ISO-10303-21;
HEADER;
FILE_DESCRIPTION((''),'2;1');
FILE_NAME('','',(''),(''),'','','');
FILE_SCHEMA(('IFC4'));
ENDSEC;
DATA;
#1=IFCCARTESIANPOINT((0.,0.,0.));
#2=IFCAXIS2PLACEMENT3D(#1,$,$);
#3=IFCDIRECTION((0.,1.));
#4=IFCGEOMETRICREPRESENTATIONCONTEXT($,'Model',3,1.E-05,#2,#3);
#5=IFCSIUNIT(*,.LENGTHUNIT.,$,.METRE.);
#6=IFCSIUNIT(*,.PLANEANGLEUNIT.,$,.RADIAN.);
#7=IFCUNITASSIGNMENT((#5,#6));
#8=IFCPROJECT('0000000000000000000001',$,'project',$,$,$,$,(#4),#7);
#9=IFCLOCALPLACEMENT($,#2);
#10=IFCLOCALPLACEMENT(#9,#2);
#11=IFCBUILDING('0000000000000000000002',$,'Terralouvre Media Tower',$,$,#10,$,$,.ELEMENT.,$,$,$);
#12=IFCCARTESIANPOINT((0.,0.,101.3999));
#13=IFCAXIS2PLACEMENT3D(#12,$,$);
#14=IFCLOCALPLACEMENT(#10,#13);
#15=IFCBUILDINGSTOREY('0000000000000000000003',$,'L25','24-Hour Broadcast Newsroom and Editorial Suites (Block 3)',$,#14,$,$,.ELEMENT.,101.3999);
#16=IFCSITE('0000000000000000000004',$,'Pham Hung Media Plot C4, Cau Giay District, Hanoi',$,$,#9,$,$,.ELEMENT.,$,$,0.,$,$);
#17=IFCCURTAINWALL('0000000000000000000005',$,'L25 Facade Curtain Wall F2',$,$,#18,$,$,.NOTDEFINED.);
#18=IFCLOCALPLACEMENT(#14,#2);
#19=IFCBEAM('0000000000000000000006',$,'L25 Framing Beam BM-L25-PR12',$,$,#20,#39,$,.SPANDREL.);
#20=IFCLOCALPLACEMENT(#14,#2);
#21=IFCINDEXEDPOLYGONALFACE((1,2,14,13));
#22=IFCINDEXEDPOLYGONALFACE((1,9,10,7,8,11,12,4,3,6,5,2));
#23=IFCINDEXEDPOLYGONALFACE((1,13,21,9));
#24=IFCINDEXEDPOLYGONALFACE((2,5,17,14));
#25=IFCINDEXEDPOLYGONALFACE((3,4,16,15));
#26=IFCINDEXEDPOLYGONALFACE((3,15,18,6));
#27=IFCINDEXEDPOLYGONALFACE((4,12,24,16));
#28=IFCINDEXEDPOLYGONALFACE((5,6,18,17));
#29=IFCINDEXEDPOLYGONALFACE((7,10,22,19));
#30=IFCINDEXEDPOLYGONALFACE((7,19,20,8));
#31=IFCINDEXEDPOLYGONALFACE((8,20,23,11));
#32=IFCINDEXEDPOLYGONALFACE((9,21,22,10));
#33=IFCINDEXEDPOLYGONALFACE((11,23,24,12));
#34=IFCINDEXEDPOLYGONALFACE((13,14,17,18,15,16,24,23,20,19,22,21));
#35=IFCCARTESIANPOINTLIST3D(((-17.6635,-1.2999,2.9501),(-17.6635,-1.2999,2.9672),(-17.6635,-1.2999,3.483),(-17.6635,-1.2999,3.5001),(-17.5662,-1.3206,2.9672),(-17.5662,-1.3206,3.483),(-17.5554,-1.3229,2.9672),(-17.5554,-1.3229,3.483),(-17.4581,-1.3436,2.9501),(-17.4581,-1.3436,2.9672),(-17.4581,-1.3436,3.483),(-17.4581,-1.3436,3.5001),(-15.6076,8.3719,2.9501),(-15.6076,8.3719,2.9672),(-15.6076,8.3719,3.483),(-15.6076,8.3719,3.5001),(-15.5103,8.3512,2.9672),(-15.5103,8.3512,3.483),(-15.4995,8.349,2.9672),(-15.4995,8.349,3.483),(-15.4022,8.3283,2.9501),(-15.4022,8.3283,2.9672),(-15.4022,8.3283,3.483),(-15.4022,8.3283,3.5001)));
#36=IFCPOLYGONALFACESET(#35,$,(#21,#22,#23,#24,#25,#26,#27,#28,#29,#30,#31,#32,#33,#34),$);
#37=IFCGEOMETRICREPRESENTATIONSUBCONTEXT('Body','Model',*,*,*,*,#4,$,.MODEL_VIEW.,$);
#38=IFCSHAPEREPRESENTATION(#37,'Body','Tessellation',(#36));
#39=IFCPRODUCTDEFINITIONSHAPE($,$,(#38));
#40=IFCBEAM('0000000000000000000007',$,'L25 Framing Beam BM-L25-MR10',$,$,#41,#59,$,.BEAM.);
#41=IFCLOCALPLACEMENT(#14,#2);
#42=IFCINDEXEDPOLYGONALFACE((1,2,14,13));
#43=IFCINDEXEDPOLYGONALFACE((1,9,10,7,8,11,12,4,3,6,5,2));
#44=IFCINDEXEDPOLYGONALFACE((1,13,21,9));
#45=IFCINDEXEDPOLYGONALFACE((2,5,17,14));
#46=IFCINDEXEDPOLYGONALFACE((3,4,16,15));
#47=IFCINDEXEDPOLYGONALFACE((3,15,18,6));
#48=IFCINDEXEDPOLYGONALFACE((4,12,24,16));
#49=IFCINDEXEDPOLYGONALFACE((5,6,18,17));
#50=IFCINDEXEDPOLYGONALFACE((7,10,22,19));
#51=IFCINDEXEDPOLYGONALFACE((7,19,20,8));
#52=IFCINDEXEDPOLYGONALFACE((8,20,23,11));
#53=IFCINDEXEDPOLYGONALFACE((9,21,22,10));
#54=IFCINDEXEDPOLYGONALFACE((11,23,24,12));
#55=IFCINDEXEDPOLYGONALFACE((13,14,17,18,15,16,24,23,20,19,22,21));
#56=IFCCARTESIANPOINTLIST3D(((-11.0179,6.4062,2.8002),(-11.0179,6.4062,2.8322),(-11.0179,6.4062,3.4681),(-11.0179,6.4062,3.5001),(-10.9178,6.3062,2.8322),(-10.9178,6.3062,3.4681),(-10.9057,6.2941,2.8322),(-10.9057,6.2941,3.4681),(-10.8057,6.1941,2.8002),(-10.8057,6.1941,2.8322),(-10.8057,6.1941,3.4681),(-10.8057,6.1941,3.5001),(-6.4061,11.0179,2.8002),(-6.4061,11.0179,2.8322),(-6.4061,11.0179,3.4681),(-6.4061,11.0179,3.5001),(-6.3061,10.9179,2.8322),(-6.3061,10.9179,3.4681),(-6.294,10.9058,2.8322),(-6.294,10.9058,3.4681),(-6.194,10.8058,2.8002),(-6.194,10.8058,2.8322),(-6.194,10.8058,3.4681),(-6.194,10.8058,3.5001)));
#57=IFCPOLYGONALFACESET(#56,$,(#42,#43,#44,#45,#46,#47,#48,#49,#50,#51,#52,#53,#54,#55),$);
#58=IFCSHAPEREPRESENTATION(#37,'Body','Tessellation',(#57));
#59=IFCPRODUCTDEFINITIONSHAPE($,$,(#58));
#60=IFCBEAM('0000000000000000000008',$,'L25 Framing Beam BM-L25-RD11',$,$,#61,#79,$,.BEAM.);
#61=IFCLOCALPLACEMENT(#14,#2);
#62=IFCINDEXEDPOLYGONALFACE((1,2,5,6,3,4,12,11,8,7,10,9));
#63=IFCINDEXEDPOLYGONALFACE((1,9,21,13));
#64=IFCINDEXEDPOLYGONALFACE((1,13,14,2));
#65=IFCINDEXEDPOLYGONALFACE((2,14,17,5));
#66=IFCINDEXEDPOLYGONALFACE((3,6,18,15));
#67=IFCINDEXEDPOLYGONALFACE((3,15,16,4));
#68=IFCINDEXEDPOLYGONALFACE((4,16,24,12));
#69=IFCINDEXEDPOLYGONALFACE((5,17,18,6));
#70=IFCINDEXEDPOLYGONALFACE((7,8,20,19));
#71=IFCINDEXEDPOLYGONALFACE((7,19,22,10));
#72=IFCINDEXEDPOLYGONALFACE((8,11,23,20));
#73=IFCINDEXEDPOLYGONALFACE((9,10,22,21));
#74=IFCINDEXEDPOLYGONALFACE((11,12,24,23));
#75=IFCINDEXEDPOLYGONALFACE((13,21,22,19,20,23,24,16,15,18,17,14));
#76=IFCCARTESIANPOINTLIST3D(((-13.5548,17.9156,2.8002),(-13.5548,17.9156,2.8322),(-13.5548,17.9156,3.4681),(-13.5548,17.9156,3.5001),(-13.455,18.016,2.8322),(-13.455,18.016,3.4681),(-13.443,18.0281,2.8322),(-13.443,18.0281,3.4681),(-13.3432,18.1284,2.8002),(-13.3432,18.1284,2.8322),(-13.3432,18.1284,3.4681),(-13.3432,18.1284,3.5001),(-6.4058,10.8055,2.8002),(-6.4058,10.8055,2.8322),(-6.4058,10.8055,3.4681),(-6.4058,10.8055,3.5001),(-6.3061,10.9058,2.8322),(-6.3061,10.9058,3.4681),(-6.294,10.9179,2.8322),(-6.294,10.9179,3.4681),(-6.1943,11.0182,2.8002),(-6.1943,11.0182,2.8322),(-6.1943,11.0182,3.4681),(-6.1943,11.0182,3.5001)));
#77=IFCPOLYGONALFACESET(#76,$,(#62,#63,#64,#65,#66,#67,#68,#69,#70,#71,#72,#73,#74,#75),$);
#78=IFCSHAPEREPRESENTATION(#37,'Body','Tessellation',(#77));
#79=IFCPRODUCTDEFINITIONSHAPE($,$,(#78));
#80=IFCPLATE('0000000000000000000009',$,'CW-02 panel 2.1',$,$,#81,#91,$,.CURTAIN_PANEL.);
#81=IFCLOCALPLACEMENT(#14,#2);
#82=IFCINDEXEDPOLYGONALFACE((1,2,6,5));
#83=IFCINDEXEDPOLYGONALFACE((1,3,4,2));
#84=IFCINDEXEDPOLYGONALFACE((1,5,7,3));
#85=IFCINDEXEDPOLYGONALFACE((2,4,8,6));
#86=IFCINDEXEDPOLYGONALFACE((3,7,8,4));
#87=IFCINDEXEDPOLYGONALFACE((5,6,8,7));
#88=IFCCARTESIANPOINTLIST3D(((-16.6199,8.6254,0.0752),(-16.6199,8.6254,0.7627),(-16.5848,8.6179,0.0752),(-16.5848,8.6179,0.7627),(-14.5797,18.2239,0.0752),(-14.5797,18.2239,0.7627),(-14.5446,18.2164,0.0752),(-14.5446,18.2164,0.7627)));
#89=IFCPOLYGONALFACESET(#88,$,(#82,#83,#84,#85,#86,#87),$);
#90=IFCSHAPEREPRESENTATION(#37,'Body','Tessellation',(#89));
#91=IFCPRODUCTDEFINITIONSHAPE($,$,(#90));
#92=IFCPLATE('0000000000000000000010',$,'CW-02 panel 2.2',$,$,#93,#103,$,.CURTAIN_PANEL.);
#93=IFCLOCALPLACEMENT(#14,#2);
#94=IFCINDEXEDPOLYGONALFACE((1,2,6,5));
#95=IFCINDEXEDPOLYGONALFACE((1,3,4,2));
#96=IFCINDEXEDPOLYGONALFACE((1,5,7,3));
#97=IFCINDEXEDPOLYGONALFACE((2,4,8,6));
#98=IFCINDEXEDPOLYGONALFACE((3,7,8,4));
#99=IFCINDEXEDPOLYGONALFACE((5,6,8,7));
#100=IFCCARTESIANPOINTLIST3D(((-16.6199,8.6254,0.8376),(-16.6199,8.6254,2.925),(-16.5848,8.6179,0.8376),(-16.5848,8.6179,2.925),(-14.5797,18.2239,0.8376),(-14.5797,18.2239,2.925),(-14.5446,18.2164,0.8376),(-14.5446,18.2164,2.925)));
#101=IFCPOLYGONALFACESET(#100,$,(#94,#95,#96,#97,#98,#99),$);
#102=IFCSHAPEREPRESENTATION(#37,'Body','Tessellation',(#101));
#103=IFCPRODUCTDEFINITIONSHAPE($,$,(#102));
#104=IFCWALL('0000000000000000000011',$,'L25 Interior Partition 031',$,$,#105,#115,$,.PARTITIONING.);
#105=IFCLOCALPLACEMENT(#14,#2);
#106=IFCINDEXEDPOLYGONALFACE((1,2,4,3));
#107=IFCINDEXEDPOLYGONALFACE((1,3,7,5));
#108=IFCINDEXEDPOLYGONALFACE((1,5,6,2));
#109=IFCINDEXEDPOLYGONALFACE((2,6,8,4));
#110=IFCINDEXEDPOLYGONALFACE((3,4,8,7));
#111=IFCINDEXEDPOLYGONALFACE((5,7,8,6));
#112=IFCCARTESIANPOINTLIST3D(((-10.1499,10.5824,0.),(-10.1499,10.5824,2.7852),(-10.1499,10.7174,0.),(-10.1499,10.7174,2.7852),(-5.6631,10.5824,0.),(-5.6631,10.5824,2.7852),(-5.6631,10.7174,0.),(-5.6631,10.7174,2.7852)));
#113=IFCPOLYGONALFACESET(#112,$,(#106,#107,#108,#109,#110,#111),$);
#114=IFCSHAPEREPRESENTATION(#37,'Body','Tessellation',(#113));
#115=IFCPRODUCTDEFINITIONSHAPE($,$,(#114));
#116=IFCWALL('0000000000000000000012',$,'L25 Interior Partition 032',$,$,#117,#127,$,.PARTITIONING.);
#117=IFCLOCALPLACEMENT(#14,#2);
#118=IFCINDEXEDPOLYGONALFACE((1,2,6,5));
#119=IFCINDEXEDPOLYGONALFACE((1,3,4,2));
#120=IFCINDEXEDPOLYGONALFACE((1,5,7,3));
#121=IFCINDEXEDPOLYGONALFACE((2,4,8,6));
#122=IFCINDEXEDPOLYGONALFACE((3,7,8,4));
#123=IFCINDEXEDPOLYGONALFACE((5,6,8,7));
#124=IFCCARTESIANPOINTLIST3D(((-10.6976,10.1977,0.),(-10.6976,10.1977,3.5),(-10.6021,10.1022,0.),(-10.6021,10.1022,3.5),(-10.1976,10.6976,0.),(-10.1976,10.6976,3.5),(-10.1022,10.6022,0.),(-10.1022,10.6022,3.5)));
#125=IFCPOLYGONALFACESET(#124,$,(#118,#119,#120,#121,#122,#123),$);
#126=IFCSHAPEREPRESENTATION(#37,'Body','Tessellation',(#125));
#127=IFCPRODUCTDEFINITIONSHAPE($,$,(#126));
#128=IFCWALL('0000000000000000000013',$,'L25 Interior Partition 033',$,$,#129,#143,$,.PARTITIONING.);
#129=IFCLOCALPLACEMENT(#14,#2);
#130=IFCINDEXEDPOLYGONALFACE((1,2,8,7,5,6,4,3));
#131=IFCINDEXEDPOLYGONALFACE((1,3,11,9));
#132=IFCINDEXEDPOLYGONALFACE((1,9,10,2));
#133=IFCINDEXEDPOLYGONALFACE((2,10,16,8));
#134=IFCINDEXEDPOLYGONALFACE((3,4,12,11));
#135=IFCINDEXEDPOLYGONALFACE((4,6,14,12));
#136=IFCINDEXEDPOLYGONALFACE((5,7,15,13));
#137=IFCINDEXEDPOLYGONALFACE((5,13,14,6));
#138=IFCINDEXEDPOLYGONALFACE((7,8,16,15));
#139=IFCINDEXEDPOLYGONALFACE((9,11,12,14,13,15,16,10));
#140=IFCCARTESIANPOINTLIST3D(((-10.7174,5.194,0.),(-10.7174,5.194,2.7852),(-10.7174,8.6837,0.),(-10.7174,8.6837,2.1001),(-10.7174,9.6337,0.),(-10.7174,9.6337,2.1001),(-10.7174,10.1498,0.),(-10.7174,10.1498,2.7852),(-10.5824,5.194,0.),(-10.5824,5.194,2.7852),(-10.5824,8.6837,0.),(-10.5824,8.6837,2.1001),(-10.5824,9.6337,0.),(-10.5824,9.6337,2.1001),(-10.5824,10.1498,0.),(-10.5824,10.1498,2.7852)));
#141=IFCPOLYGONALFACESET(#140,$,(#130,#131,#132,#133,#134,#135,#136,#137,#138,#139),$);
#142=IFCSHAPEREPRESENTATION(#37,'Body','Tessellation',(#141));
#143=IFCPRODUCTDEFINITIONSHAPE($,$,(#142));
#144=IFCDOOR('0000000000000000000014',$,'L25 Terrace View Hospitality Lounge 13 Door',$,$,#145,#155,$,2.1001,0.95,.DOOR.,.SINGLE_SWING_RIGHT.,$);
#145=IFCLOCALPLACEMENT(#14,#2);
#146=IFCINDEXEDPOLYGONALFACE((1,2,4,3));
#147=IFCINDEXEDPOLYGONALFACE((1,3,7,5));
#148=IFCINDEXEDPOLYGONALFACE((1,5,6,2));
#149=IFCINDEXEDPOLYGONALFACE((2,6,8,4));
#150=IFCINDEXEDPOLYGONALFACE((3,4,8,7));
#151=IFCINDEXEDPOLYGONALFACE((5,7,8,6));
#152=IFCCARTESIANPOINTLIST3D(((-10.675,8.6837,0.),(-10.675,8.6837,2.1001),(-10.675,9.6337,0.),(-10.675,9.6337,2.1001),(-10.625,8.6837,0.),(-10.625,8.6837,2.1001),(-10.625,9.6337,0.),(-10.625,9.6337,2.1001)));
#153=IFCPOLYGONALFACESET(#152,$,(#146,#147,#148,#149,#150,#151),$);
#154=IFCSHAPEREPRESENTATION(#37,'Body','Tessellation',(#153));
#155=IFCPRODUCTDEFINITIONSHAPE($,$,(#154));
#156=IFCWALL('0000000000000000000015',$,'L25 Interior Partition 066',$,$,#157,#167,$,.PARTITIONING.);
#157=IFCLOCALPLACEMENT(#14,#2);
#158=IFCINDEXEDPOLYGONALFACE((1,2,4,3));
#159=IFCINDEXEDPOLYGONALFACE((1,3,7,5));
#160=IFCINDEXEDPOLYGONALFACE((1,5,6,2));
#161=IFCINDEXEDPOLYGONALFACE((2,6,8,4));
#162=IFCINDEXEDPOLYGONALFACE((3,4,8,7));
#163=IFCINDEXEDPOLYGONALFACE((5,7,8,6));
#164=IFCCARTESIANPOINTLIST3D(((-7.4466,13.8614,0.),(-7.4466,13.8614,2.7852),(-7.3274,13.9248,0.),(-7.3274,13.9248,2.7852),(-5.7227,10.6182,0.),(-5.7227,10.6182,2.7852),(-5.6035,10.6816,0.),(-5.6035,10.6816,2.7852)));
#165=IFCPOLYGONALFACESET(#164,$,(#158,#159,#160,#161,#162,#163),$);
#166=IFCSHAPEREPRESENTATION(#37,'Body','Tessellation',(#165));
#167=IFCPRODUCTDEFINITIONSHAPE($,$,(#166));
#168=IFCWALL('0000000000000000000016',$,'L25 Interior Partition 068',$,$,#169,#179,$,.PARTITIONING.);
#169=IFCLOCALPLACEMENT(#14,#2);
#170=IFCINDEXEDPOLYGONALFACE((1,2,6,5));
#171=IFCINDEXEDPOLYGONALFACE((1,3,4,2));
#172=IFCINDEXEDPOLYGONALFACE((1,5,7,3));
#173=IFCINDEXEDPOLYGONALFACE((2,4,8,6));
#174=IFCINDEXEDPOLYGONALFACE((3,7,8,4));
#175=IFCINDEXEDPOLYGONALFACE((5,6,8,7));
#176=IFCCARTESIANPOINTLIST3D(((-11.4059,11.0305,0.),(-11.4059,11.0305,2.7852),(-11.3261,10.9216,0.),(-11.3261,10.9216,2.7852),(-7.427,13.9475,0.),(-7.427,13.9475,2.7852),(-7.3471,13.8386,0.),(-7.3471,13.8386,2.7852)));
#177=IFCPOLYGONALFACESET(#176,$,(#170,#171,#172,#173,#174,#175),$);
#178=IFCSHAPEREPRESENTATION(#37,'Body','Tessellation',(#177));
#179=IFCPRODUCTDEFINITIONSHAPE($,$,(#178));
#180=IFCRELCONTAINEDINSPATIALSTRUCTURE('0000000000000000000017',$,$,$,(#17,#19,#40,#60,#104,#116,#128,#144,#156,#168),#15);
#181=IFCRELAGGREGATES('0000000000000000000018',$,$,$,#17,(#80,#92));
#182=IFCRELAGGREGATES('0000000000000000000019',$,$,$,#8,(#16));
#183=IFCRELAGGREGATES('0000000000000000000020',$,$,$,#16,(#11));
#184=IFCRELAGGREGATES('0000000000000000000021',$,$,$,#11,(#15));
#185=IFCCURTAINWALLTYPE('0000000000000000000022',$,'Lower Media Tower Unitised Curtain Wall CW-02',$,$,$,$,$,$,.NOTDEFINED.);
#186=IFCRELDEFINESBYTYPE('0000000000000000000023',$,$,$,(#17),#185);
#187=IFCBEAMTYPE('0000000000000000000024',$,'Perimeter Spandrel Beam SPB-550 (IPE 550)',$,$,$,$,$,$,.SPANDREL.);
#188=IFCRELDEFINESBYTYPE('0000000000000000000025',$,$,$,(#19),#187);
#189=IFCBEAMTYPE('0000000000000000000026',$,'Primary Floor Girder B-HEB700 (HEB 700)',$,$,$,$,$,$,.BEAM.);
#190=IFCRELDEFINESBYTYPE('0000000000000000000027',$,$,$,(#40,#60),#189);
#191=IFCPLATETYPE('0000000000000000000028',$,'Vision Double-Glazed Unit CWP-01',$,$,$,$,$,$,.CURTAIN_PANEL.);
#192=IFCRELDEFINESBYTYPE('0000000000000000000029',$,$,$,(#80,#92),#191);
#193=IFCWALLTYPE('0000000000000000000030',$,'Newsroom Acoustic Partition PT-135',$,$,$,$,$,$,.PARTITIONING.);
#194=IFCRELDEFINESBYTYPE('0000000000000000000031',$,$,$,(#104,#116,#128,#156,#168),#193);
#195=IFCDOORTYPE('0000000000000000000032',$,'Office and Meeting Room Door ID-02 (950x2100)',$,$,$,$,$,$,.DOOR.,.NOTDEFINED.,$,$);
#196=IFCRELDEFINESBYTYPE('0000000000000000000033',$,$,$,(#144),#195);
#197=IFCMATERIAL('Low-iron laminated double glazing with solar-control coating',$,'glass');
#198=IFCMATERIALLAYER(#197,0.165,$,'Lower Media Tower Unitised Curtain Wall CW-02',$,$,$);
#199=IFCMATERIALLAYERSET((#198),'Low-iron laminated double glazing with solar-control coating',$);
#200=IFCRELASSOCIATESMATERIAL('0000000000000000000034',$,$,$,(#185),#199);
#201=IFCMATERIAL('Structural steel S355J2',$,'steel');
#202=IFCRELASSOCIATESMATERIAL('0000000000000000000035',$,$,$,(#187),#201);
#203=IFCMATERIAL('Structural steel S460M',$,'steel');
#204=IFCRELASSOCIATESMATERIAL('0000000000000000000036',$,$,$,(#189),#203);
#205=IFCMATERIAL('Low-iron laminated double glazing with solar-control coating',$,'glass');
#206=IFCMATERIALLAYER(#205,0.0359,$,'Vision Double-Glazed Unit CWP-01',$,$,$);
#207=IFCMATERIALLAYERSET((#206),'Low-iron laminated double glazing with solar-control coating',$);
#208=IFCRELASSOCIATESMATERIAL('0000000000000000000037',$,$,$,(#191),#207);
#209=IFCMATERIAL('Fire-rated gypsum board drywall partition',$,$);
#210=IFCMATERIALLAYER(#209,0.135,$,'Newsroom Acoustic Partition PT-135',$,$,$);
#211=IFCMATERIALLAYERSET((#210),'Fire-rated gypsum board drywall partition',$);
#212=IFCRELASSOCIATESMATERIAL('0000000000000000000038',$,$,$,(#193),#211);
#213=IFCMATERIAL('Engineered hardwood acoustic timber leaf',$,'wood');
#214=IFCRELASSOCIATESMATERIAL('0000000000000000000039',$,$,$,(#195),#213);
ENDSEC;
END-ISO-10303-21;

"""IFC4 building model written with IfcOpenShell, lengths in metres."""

from ifc_helpers import new_model, si_unit, direction, frame, frame_2d, origin, origin_2d, place, context, subcontext, project, spatial, rectangle, i_section, extrude, material, layer, layer_set, material_profile, profile_set, type_object, element, fill, aggregate, save


model = new_model("IFC4")

# Units and contexts
model_context = context("Model", 3, precision=1e-05, world=origin(), true_north=direction((0.0, 1.0)))
body_context = subcontext(model_context, "Body", "Model", "MODEL_VIEW")
ifc_project = project(units=[si_unit("LENGTHUNIT", "METRE"), si_unit("PLANEANGLEUNIT", "RADIAN")], contexts=[model_context])

# Site, building, storey
site_placement = place(None, origin())
site = spatial("IfcSite", under=ifc_project, at=site_placement, Name="Pham Hung Media Plot C4, Cau Giay District, Hanoi", CompositionType="ELEMENT", RefElevation=0.0)
building_placement = place(site_placement, origin())
building = spatial("IfcBuilding", under=site, at=building_placement, Name="Terralouvre Media Tower", CompositionType="ELEMENT")
storey_placement = place(building_placement, frame((0.0, 0.0, 101.3999)))
storey = spatial("IfcBuildingStorey", under=building, at=storey_placement, Name="L25", Description="24-Hour Broadcast Newsroom and Editorial Suites (Block 3)", CompositionType="ELEMENT", Elevation=101.3999)

# Curtain wall
ifc_material_1 = material(Name="Low-iron laminated double glazing with solar-control coating", Category="glass")
ifc_layer_1 = layer(ifc_material_1, 0.165, Name="Lower Media Tower Unitised Curtain Wall CW-02")
ifc_layer_set_1 = layer_set([ifc_layer_1], Name="Low-iron laminated double glazing with solar-control coating")
curtain_wall_type = type_object("IfcCurtainWallType", Name="Lower Media Tower Unitised Curtain Wall CW-02", PredefinedType="NOTDEFINED", material=ifc_layer_set_1)
curtain_wall_placement = place(storey_placement, origin())
curtain_wall = element("IfcCurtainWall", 1, at=curtain_wall_placement, inside=storey, type_object=curtain_wall_type, Name="L25 Facade Curtain Wall F2", PredefinedType="NOTDEFINED")

# Beams
ifc_material_2 = material(Name="Structural steel S355J2", Category="steel")
ifc_material_profile_1 = material_profile(ifc_material_2, i_section(OverallWidth=0.21, OverallDepth=0.55, WebThickness=0.011, FlangeThickness=0.0171, at=origin_2d()), Name="IPE 550")
ifc_profile_set_1 = profile_set([ifc_material_profile_1], Name="Structural steel S355J2")
beam_type_1 = type_object("IfcBeamType", Name="Perimeter Spandrel Beam SPB-550 (IPE 550)", PredefinedType="SPANDREL", material=ifc_profile_set_1)
for number, where, z_axis, x_axis, name in (
    (2, (-15.5049, 8.3501, 3.2251), (-0.20792, -0.978146, 0.0), (0.978146, -0.20792, 0.0), "L25 Framing Beam BM-L25-PR12"),
):
    element("IfcBeam", number, at=place(storey_placement, frame(where, z_axis=z_axis, x_axis=x_axis)), inside=storey, type_object=beam_type_1, Name=name, PredefinedType="SPANDREL", context=body_context, shape_type="SweptSolid", body=[
        extrude(i_section(OverallWidth=0.21, OverallDepth=0.55, WebThickness=0.011, FlangeThickness=0.0171, at=origin_2d()), origin(), (0.0, 0.0, 1.0), 9.8879),
    ])
ifc_material_3 = material(Name="Structural steel S460M", Category="steel")
ifc_material_profile_2 = material_profile(ifc_material_3, i_section(OverallWidth=0.3, OverallDepth=0.7, WebThickness=0.0171, FlangeThickness=0.032, at=origin_2d()), Name="HEB 700")
ifc_profile_set_2 = profile_set([ifc_material_profile_2], Name="Structural steel S460M")
beam_type_2 = type_object("IfcBeamType", Name="Primary Floor Girder B-HEB700 (HEB 700)", PredefinedType="BEAM", material=ifc_profile_set_2)
beam_1_placement = place(storey_placement, frame((-6.3, 10.9119, 3.1501), z_axis=(-0.707107, -0.707107, 0.0), x_axis=(0.707107, -0.707107, 0.0)))
element("IfcBeam", 3, at=beam_1_placement, inside=storey, type_object=beam_type_2, Name="L25 Framing Beam BM-L25-MR10", PredefinedType="BEAM", context=body_context, shape_type="SweptSolid", body=[
    extrude(i_section(OverallWidth=0.3, OverallDepth=0.7, WebThickness=0.0171, FlangeThickness=0.032, at=origin_2d()), origin(), (0.0, 0.0, 1.0), 6.522),
])
beam_2_placement = place(storey_placement, frame((-6.3, 10.9119, 3.1501), z_axis=(-0.709029, 0.705179, 0.0), x_axis=(-0.705179, -0.709029, 0.0)))
element("IfcBeam", 4, at=beam_2_placement, inside=storey, type_object=beam_type_2, Name="L25 Framing Beam BM-L25-RD11", PredefinedType="BEAM", context=body_context, shape_type="SweptSolid", body=[
    extrude(i_section(OverallWidth=0.3, OverallDepth=0.7, WebThickness=0.0171, FlangeThickness=0.032, at=origin_2d()), origin(), (0.0, 0.0, 1.0), 10.0828),
])

# Plates
ifc_material_4 = material(Name="Low-iron laminated double glazing with solar-control coating", Category="glass")
ifc_layer_2 = layer(ifc_material_4, 0.0359, Name="Vision Double-Glazed Unit CWP-01")
ifc_layer_set_2 = layer_set([ifc_layer_2], Name="Low-iron laminated double glazing with solar-control coating")
plate_type = type_object("IfcPlateType", Name="Vision Double-Glazed Unit CWP-01", PredefinedType="CURTAIN_PANEL", material=ifc_layer_set_2)
plate_1_placement = place(storey_placement, frame((-15.5823, 13.4209, 0.0752), z_axis=(0.0, 0.0, 1.0), x_axis=(-0.207912, -0.978148, 0.0)))
plate_1 = element("IfcPlate", 5, at=plate_1_placement, type_object=plate_type, Name="CW-02 panel 2.1", PredefinedType="CURTAIN_PANEL", context=body_context, shape_type="SweptSolid", body=[
    extrude(rectangle(XDim=9.813, YDim=0.0359, at=origin_2d()), origin(), (0.0, 0.0, 1.0), 0.6875),
])
plate_2_placement = place(storey_placement, frame((-15.5823, 13.4209, 0.8376), z_axis=(0.0, 0.0, 1.0), x_axis=(-0.207912, -0.978148, 0.0)))
plate_2 = element("IfcPlate", 6, at=plate_2_placement, type_object=plate_type, Name="CW-02 panel 2.2", PredefinedType="CURTAIN_PANEL", context=body_context, shape_type="SweptSolid", body=[
    extrude(rectangle(XDim=9.813, YDim=0.0359, at=origin_2d()), origin(), (0.0, 0.0, 1.0), 2.0874),
])
aggregate(curtain_wall, [plate_1, plate_2])

# Walls
ifc_material_5 = material(Name="Fire-rated gypsum board drywall partition")
ifc_layer_3 = layer(ifc_material_5, 0.135, Name="Newsroom Acoustic Partition PT-135")
ifc_layer_set_3 = layer_set([ifc_layer_3], Name="Fire-rated gypsum board drywall partition")
wall_type = type_object("IfcWallType", Name="Newsroom Acoustic Partition PT-135", PredefinedType="PARTITIONING", material=ifc_layer_set_3)
wall_1_placement = place(storey_placement, frame((-5.6631, 10.6499, 0.0), z_axis=(0.0, 0.0, 1.0), x_axis=(-1.0, 0.0, 0.0)))
element("IfcWall", 7, at=wall_1_placement, inside=storey, type_object=wall_type, Name="L25 Interior Partition 031", PredefinedType="PARTITIONING", context=body_context, shape_type="SweptSolid", body=[
    extrude(rectangle(XDim=4.4868, YDim=0.135, at=frame_2d((2.2434, 0.0))), origin(), (0.0, 0.0, 1.0), 2.7852),
])
wall_2_placement = place(storey_placement, frame((-10.1499, 10.6499, 0.0), z_axis=(0.0, 0.0, 1.0), x_axis=(-0.707107, -0.707107, 0.0)))
element("IfcWall", 8, at=wall_2_placement, inside=storey, type_object=wall_type, Name="L25 Interior Partition 032", PredefinedType="PARTITIONING", context=body_context, shape_type="SweptSolid", body=[
    extrude(rectangle(XDim=0.707, YDim=0.135, at=frame_2d((0.3535, 0.0))), origin(), (0.0, 0.0, 1.0), 3.5),
])

# Wall, opening, door
wall_3_placement = place(storey_placement, frame((-10.6499, 10.1499, 0.0), z_axis=(0.0, 0.0, 1.0), x_axis=(0.0, -1.0, 0.0)))
wall_3 = element("IfcWall", 9, at=wall_3_placement, inside=storey, type_object=wall_type, Name="L25 Interior Partition 033", PredefinedType="PARTITIONING", context=body_context, shape_type="SweptSolid", body=[
    extrude(rectangle(XDim=4.9558, YDim=0.135, at=frame_2d((2.478, 0.0))), origin(), (0.0, 0.0, 1.0), 2.7852),
])
opening_placement = place(wall_3_placement, frame((0.5161, 0.0, 0.0)))
opening = element("IfcOpeningElement", 10, at=opening_placement, cuts=wall_3, PredefinedType="OPENING", context=body_context, shape_type="SweptSolid", body=[
    extrude(rectangle(XDim=0.95, YDim=2.1001, at=frame_2d((0.4751, 1.05))), frame((0.0, 0.0774, 0.0), z_axis=(0.0, -1.0, 0.0), x_axis=(1.0, 0.0, 0.0)), (0.0, 0.0, 1.0), 0.155),
])
ifc_material_6 = material(Name="Engineered hardwood acoustic timber leaf", Category="wood")
door_type = type_object("IfcDoorType", Name="Office and Meeting Room Door ID-02 (950x2100)", OperationType="NOTDEFINED", PredefinedType="DOOR", material=ifc_material_6)
door_placement = place(opening_placement, origin())
door = element("IfcDoor", 11, at=door_placement, inside=storey, type_object=door_type, Name="L25 Terrace View Hospitality Lounge 13 Door", OperationType="SINGLE_SWING_RIGHT", OverallHeight=2.1001, OverallWidth=0.95, PredefinedType="DOOR", context=body_context, shape_type="SweptSolid", body=[
    extrude(rectangle(XDim=0.95, YDim=2.1001, at=frame_2d((0.4751, 1.05))), frame((0.0, 0.0249, 0.0), z_axis=(0.0, -1.0, 0.0), x_axis=(1.0, 0.0, 0.0)), (0.0, 0.0, 1.0), 0.05),
])
fill(opening, door)

# Walls
wall_4_placement = place(storey_placement, frame((-7.387, 13.8931, 0.0), z_axis=(0.0, 0.0, 1.0), x_axis=(0.469356, -0.883009, 0.0)))
element("IfcWall", 12, at=wall_4_placement, inside=storey, type_object=wall_type, Name="L25 Interior Partition 066", PredefinedType="PARTITIONING", context=body_context, shape_type="SweptSolid", body=[
    extrude(rectangle(XDim=3.6729, YDim=0.135, at=frame_2d((1.8364, 0.0))), origin(), (0.0, 0.0, 1.0), 2.7852),
])
wall_5_placement = place(storey_placement, frame((-11.366, 10.9761, 0.0), z_axis=(0.0, 0.0, 1.0), x_axis=(0.806496, 0.591239, 0.0)))
element("IfcWall", 13, at=wall_5_placement, inside=storey, type_object=wall_type, Name="L25 Interior Partition 068", PredefinedType="PARTITIONING", context=body_context, shape_type="SweptSolid", body=[
    extrude(rectangle(XDim=4.9336, YDim=0.135, at=frame_2d((2.4668, 0.0))), origin(), (0.0, 0.0, 1.0), 2.7852),
])

save(model, "model.ifc")
